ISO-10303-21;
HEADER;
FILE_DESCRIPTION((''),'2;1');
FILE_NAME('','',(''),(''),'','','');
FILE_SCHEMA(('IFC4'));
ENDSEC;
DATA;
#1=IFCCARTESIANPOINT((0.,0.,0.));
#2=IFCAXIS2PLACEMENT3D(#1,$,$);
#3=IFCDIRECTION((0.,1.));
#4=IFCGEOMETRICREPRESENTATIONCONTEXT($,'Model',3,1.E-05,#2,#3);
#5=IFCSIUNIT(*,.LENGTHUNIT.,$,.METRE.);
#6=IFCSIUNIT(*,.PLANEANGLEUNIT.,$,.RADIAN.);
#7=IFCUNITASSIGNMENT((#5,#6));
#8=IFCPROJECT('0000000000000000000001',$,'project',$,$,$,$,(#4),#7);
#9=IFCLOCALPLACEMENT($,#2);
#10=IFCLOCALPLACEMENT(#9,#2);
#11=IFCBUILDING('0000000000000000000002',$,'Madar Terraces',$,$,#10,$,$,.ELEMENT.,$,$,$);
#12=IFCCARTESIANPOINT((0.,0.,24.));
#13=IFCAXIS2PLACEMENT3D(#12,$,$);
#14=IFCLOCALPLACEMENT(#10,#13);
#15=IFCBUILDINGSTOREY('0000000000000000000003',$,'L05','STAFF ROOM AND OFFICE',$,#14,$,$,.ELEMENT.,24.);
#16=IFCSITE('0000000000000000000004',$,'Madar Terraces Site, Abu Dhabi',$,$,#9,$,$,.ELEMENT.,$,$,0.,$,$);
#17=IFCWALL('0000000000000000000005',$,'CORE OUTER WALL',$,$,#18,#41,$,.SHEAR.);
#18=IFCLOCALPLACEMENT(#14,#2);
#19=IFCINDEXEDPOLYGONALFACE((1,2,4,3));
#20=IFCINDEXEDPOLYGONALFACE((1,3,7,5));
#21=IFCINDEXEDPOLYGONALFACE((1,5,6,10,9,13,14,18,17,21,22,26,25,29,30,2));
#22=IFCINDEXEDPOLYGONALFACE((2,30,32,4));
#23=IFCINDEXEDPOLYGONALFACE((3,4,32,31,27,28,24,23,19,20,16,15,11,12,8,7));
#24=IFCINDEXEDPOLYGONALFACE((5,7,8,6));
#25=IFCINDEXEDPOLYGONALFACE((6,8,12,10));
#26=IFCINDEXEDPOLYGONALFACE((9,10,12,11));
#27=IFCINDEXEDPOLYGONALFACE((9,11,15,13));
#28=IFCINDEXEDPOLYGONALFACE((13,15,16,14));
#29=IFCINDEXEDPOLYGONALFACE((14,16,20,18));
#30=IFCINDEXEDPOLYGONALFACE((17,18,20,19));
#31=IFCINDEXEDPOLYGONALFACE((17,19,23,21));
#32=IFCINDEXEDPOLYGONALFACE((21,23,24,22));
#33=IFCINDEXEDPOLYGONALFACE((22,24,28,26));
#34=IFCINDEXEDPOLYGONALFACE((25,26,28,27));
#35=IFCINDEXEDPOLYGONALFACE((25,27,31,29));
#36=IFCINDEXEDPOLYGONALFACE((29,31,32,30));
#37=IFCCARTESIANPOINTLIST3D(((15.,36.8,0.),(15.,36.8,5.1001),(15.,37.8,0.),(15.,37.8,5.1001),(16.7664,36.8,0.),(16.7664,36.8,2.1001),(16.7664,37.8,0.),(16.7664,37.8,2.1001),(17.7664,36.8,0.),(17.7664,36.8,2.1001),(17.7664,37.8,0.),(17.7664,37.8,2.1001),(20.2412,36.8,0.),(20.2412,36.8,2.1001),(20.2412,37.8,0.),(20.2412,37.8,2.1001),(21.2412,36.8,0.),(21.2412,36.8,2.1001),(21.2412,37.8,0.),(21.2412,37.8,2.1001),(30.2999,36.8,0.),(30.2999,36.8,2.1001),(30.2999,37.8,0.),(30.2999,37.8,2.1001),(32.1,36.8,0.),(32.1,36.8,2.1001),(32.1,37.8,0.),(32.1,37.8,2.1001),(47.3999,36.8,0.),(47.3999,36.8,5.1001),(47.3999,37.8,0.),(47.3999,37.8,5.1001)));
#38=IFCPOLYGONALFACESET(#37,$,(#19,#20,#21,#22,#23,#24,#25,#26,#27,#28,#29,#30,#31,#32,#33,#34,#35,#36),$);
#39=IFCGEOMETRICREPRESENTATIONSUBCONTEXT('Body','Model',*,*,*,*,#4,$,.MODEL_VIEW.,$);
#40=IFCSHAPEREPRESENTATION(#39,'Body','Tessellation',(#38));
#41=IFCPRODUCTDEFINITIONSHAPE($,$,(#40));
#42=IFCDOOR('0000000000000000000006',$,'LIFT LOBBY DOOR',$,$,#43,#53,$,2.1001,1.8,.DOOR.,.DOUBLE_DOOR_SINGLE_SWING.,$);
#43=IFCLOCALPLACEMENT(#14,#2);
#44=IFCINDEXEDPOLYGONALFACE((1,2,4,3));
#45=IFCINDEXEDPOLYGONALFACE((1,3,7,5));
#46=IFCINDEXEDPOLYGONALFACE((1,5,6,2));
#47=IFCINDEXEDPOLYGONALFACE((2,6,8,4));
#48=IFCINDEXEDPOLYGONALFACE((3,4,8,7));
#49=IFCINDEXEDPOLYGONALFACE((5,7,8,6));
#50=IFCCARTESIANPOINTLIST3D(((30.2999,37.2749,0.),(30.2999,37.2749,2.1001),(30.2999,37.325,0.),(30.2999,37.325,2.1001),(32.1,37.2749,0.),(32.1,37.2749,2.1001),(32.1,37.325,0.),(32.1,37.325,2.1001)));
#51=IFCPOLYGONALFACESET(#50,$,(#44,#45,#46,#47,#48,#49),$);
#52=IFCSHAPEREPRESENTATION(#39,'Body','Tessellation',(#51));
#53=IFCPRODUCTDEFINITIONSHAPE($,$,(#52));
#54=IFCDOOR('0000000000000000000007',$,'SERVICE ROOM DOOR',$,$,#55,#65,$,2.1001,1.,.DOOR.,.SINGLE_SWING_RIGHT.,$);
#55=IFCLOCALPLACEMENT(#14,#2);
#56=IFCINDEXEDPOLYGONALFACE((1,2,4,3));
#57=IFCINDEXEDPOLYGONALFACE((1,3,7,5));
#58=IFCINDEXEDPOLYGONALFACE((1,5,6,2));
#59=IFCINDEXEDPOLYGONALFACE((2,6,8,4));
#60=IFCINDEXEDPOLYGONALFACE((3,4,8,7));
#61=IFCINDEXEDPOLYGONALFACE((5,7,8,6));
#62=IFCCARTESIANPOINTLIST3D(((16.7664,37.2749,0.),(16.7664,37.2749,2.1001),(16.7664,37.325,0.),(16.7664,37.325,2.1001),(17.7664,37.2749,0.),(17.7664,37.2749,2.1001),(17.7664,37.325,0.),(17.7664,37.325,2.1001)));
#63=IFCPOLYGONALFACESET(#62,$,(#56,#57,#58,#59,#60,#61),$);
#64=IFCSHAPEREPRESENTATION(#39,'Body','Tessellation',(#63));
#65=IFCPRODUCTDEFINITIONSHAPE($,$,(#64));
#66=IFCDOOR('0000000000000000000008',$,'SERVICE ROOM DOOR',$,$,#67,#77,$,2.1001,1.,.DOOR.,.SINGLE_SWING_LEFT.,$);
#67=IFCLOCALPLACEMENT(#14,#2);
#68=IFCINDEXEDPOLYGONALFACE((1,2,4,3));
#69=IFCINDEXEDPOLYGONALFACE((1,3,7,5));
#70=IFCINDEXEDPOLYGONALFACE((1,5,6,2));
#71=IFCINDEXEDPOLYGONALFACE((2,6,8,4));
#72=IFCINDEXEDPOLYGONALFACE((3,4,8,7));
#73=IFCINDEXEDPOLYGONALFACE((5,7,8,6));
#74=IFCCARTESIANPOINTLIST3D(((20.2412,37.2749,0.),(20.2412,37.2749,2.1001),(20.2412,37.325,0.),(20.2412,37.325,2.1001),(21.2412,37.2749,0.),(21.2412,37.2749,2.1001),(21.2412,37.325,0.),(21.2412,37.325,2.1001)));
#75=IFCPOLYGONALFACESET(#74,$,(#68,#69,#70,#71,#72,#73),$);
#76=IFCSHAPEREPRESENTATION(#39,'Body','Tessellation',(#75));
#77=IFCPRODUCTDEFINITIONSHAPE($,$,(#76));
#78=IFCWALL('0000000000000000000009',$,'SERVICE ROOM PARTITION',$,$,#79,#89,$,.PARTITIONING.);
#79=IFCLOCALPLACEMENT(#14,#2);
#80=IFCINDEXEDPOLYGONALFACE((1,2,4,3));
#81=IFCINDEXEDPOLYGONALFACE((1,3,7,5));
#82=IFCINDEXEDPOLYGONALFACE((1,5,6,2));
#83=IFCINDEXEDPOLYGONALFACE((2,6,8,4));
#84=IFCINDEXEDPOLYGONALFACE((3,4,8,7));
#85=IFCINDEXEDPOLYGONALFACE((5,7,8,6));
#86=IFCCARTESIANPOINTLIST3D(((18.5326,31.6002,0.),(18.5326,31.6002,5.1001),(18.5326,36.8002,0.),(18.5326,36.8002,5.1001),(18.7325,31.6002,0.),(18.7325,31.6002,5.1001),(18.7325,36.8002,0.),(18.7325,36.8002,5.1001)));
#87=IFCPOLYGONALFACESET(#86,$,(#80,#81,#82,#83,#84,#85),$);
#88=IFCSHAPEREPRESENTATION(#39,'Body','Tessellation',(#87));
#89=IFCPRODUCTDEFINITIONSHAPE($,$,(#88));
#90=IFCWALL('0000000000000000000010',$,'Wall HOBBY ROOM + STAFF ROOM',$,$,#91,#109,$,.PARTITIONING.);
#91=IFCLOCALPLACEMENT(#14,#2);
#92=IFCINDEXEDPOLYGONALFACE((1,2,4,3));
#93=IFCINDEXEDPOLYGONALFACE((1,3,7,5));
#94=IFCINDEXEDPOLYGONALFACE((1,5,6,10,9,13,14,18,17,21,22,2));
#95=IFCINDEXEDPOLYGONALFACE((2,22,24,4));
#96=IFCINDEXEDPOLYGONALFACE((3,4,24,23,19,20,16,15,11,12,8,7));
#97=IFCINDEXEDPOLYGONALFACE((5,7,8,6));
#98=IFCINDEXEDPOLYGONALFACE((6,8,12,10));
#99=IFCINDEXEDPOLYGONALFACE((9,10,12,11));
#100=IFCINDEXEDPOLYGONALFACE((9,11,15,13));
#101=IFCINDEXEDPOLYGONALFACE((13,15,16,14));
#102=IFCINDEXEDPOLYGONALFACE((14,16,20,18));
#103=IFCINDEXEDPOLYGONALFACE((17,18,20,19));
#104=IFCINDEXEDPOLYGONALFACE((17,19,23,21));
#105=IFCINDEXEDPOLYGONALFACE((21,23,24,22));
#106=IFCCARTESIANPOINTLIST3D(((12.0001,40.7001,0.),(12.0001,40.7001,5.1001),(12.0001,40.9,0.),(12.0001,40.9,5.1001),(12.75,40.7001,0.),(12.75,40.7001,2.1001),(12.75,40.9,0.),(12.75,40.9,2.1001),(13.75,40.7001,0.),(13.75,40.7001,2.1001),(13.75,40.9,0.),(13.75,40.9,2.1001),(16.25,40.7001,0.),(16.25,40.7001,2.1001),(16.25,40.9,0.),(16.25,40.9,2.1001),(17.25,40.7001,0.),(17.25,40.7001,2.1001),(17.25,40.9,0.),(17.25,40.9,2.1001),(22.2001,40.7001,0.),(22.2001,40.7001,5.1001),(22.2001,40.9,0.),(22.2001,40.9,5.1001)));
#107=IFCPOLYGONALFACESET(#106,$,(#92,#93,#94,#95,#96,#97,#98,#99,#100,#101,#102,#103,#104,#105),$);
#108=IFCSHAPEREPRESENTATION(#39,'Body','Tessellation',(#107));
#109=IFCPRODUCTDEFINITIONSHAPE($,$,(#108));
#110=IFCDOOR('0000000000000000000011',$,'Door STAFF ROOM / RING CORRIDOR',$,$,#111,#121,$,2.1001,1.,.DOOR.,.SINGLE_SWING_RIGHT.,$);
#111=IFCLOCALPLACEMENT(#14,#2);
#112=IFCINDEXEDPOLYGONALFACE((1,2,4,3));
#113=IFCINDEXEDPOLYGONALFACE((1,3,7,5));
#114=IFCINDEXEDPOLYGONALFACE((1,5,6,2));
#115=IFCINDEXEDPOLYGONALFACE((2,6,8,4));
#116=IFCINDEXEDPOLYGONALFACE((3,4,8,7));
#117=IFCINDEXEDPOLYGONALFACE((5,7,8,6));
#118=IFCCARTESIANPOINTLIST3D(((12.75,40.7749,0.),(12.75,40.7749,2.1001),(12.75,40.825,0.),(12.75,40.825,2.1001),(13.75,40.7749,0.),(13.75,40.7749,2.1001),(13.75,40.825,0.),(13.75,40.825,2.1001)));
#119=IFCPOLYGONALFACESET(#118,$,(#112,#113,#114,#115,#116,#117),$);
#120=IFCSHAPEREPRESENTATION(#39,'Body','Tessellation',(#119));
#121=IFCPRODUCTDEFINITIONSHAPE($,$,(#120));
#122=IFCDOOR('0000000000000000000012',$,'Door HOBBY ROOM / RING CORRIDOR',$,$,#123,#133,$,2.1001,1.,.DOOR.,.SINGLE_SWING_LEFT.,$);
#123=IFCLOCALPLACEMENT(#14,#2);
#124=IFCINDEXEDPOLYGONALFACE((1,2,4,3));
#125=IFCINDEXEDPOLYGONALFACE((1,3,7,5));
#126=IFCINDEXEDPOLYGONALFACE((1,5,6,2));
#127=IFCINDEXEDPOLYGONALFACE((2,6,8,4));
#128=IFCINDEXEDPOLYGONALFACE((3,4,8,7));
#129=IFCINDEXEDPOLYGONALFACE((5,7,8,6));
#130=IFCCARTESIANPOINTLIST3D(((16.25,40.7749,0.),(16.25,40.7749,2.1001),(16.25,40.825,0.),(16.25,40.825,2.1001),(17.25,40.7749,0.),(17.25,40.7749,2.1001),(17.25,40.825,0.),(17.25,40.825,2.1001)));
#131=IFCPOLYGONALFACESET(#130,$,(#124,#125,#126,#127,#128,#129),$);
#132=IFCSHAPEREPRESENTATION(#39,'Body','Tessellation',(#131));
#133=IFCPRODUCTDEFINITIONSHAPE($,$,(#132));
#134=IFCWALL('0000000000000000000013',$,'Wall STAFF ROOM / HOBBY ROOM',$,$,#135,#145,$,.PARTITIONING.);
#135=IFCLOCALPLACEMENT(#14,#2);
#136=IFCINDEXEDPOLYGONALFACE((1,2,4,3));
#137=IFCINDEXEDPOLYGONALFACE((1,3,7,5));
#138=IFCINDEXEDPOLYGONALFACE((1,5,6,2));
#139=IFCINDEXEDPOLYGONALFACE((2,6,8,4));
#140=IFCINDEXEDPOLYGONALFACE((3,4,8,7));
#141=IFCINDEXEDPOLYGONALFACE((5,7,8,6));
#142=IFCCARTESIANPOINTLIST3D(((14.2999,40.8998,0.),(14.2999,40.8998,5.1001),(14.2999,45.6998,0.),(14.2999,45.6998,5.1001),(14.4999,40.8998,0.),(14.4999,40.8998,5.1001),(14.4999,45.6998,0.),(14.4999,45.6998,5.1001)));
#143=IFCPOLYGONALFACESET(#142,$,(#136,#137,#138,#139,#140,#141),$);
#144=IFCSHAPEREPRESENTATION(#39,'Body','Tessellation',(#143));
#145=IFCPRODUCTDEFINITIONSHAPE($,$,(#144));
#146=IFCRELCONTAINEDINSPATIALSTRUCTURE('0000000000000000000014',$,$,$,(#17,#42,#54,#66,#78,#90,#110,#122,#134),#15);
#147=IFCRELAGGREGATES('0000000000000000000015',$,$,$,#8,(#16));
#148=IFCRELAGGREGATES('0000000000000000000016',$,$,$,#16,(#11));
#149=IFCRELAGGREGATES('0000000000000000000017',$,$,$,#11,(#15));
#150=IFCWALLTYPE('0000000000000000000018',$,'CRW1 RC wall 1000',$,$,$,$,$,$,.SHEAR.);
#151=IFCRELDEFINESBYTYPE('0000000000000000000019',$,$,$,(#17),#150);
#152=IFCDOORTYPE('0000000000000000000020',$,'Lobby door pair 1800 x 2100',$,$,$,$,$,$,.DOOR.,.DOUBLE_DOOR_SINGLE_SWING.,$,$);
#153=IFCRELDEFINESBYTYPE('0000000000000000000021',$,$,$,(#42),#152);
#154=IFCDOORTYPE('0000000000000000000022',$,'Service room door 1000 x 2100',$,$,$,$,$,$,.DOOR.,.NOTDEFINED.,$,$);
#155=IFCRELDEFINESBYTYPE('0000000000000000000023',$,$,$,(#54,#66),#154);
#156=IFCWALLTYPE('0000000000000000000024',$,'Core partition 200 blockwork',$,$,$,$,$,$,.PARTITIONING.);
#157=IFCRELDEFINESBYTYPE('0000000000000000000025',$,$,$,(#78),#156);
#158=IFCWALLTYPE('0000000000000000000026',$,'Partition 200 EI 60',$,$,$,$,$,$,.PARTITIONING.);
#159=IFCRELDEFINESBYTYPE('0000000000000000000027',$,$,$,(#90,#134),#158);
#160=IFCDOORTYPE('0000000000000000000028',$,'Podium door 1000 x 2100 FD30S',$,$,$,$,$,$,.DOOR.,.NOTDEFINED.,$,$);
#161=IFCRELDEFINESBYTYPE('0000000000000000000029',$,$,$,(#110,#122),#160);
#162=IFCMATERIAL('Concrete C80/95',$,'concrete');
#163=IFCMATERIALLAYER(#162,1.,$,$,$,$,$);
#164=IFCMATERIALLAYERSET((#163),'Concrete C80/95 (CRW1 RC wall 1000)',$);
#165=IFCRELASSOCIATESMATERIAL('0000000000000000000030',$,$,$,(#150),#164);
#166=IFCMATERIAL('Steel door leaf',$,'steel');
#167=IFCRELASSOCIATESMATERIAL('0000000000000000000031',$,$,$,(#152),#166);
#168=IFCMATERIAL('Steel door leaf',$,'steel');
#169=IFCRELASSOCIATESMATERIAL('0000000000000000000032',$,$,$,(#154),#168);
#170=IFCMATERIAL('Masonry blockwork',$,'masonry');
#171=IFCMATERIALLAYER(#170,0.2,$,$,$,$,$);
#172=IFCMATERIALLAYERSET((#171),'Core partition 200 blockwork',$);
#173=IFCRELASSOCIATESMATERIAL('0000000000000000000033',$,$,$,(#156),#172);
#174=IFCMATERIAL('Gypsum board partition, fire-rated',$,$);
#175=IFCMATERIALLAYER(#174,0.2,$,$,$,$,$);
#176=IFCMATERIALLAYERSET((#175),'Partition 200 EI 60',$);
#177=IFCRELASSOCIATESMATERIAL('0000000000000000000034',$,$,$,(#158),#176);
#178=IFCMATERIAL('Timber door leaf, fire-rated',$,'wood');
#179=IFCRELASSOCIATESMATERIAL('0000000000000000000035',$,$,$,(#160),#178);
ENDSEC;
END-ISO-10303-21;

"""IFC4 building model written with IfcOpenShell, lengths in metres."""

from ifc_helpers import new_model, si_unit, direction, frame, frame_2d, origin, place, context, subcontext, project, spatial, rectangle, extrude, material, layer, layer_set, type_object, element, fill, save


model = new_model("IFC4")

# Units and contexts
model_context = context("Model", 3, precision=1e-05, world=origin(), true_north=direction((0.0, 1.0)))
body_context = subcontext(model_context, "Body", "Model", "MODEL_VIEW")
ifc_project = project(units=[si_unit("LENGTHUNIT", "METRE"), si_unit("PLANEANGLEUNIT", "RADIAN")], contexts=[model_context])

# Site, building, storey
site_placement = place(None, origin())
site = spatial("IfcSite", under=ifc_project, at=site_placement, Name="Madar Terraces Site, Abu Dhabi", CompositionType="ELEMENT", RefElevation=0.0)
building_placement = place(site_placement, origin())
building = spatial("IfcBuilding", under=site, at=building_placement, Name="Madar Terraces", CompositionType="ELEMENT")
storey_placement = place(building_placement, frame((0.0, 0.0, 24.0)))
storey = spatial("IfcBuildingStorey", under=building, at=storey_placement, Name="L05", Description="STAFF ROOM AND OFFICE", CompositionType="ELEMENT", Elevation=24.0)

# Wall, openings, doors
ifc_material_1 = material(Name="Concrete C80/95", Category="concrete")
ifc_layer_1 = layer(ifc_material_1, 1.0)
ifc_layer_set_1 = layer_set([ifc_layer_1], Name="Concrete C80/95 (CRW1 RC wall 1000)")
wall_type_1 = type_object("IfcWallType", Name="CRW1 RC wall 1000", PredefinedType="SHEAR", material=ifc_layer_set_1)
wall_1_placement = place(storey_placement, frame((15.0, 37.3, 0.0), z_axis=(0.0, 0.0, 1.0), x_axis=(1.0, 0.0, 0.0)))
wall_1 = element("IfcWall", 1, at=wall_1_placement, inside=storey, type_object=wall_type_1, Name="CORE OUTER WALL", PredefinedType="SHEAR", context=body_context, shape_type="SweptSolid", body=[
    extrude(rectangle(XDim=32.3999, YDim=1.0, at=frame_2d((16.2, 0.0))), origin(), (0.0, 0.0, 1.0), 5.1001),
])
opening_1_placement = place(wall_1_placement, frame((15.3, 0.0, 0.0)))
opening_1 = element("IfcOpeningElement", 2, at=opening_1_placement, cuts=wall_1, PredefinedType="OPENING", context=body_context, shape_type="SweptSolid", body=[
    extrude(rectangle(XDim=1.8, YDim=2.1001, at=frame_2d((0.8999, 1.05))), frame((0.0, 0.51, 0.0), z_axis=(0.0, -1.0, 0.0), x_axis=(1.0, 0.0, 0.0)), (0.0, 0.0, 1.0), 1.02),
])
opening_2_placement = place(wall_1_placement, frame((1.7664, 0.0, 0.0)))
opening_2 = element("IfcOpeningElement", 3, at=opening_2_placement, cuts=wall_1, PredefinedType="OPENING", context=body_context, shape_type="SweptSolid", body=[
    extrude(rectangle(XDim=1.0, YDim=2.1001, at=frame_2d((0.5, 1.05))), frame((0.0, 0.51, 0.0), z_axis=(0.0, -1.0, 0.0), x_axis=(1.0, 0.0, 0.0)), (0.0, 0.0, 1.0), 1.02),
])
opening_3_placement = place(wall_1_placement, frame((5.2412, 0.0, 0.0)))
opening_3 = element("IfcOpeningElement", 4, at=opening_3_placement, cuts=wall_1, PredefinedType="OPENING", context=body_context, shape_type="SweptSolid", body=[
    extrude(rectangle(XDim=1.0, YDim=2.1001, at=frame_2d((0.5, 1.05))), frame((0.0, 0.51, 0.0), z_axis=(0.0, -1.0, 0.0), x_axis=(1.0, 0.0, 0.0)), (0.0, 0.0, 1.0), 1.02),
])
ifc_material_2 = material(Name="Steel door leaf", Category="steel")
door_type_1 = type_object("IfcDoorType", Name="Lobby door pair 1800 x 2100", OperationType="DOUBLE_DOOR_SINGLE_SWING", PredefinedType="DOOR", material=ifc_material_2)
door_1_placement = place(opening_1_placement, origin())
door_1 = element("IfcDoor", 5, at=door_1_placement, inside=storey, type_object=door_type_1, Name="LIFT LOBBY DOOR", OperationType="DOUBLE_DOOR_SINGLE_SWING", OverallHeight=2.1001, OverallWidth=1.8, PredefinedType="DOOR", context=body_context, shape_type="SweptSolid", body=[
    extrude(rectangle(XDim=1.8, YDim=2.1001, at=frame_2d((0.8999, 1.05))), frame((0.0, 0.0249, 0.0), z_axis=(0.0, -1.0, 0.0), x_axis=(1.0, 0.0, 0.0)), (0.0, 0.0, 1.0), 0.05),
])
fill(opening_1, door_1)
ifc_material_3 = material(Name="Steel door leaf", Category="steel")
door_type_2 = type_object("IfcDoorType", Name="Service room door 1000 x 2100", OperationType="NOTDEFINED", PredefinedType="DOOR", material=ifc_material_3)
door_2_placement = place(opening_2_placement, origin())
door_2 = element("IfcDoor", 6, at=door_2_placement, inside=storey, type_object=door_type_2, Name="SERVICE ROOM DOOR", OperationType="SINGLE_SWING_RIGHT", OverallHeight=2.1001, OverallWidth=1.0, PredefinedType="DOOR", context=body_context, shape_type="SweptSolid", body=[
    extrude(rectangle(XDim=1.0, YDim=2.1001, at=frame_2d((0.5, 1.05))), frame((0.0, 0.0249, 0.0), z_axis=(0.0, -1.0, 0.0), x_axis=(1.0, 0.0, 0.0)), (0.0, 0.0, 1.0), 0.05),
])
fill(opening_2, door_2)
door_3_placement = place(opening_3_placement, origin())
door_3 = element("IfcDoor", 7, at=door_3_placement, inside=storey, type_object=door_type_2, Name="SERVICE ROOM DOOR", OperationType="SINGLE_SWING_LEFT", OverallHeight=2.1001, OverallWidth=1.0, PredefinedType="DOOR", context=body_context, shape_type="SweptSolid", body=[
    extrude(rectangle(XDim=1.0, YDim=2.1001, at=frame_2d((0.5, 1.05))), frame((0.0, 0.0249, 0.0), z_axis=(0.0, -1.0, 0.0), x_axis=(1.0, 0.0, 0.0)), (0.0, 0.0, 1.0), 0.05),
])
fill(opening_3, door_3)

# Wall
ifc_material_4 = material(Name="Masonry blockwork", Category="masonry")
ifc_layer_2 = layer(ifc_material_4, 0.2)
ifc_layer_set_2 = layer_set([ifc_layer_2], Name="Core partition 200 blockwork")
wall_type_2 = type_object("IfcWallType", Name="Core partition 200 blockwork", PredefinedType="PARTITIONING", material=ifc_layer_set_2)
wall_2_placement = place(storey_placement, frame((18.6326, 31.6001, 0.0), z_axis=(0.0, 0.0, 1.0), x_axis=(0.0, 1.0, 0.0)))
element("IfcWall", 8, at=wall_2_placement, inside=storey, type_object=wall_type_2, Name="SERVICE ROOM PARTITION", PredefinedType="PARTITIONING", context=body_context, shape_type="SweptSolid", body=[
    extrude(rectangle(XDim=5.2, YDim=0.2, at=frame_2d((2.6001, 0.0))), origin(), (0.0, 0.0, 1.0), 5.1001),
])

# Wall, openings, doors
ifc_material_5 = material(Name="Gypsum board partition, fire-rated")
ifc_layer_3 = layer(ifc_material_5, 0.2)
ifc_layer_set_3 = layer_set([ifc_layer_3], Name="Partition 200 EI 60")
wall_type_3 = type_object("IfcWallType", Name="Partition 200 EI 60", PredefinedType="PARTITIONING", material=ifc_layer_set_3)
wall_3_placement = place(storey_placement, frame((12.0, 40.8, 0.0), z_axis=(0.0, 0.0, 1.0), x_axis=(1.0, 0.0, 0.0)))
wall_3 = element("IfcWall", 9, at=wall_3_placement, inside=storey, type_object=wall_type_3, Name="Wall HOBBY ROOM + STAFF ROOM", PredefinedType="PARTITIONING", context=body_context, shape_type="SweptSolid", body=[
    extrude(rectangle(XDim=10.2, YDim=0.2, at=frame_2d((5.1001, 0.0))), origin(), (0.0, 0.0, 1.0), 5.1001),
])
opening_4_placement = place(wall_3_placement, frame((0.75, 0.0, 0.0)))
opening_4 = element("IfcOpeningElement", 10, at=opening_4_placement, cuts=wall_3, PredefinedType="OPENING", context=body_context, shape_type="SweptSolid", body=[
    extrude(rectangle(XDim=1.0, YDim=2.1001, at=frame_2d((0.5, 1.05))), frame((0.0, 0.1099, 0.0), z_axis=(0.0, -1.0, 0.0), x_axis=(1.0, 0.0, 0.0)), (0.0, 0.0, 1.0), 0.22),
])
opening_5_placement = place(wall_3_placement, frame((4.25, 0.0, 0.0)))
opening_5 = element("IfcOpeningElement", 11, at=opening_5_placement, cuts=wall_3, PredefinedType="OPENING", context=body_context, shape_type="SweptSolid", body=[
    extrude(rectangle(XDim=1.0, YDim=2.1001, at=frame_2d((0.5, 1.05))), frame((0.0, 0.1099, 0.0), z_axis=(0.0, -1.0, 0.0), x_axis=(1.0, 0.0, 0.0)), (0.0, 0.0, 1.0), 0.22),
])
ifc_material_6 = material(Name="Timber door leaf, fire-rated", Category="wood")
door_type_3 = type_object("IfcDoorType", Name="Podium door 1000 x 2100 FD30S", OperationType="NOTDEFINED", PredefinedType="DOOR", material=ifc_material_6)
door_4_placement = place(opening_4_placement, origin())
door_4 = element("IfcDoor", 12, at=door_4_placement, inside=storey, type_object=door_type_3, Name="Door STAFF ROOM / RING CORRIDOR", OperationType="SINGLE_SWING_RIGHT", OverallHeight=2.1001, OverallWidth=1.0, PredefinedType="DOOR", context=body_context, shape_type="SweptSolid", body=[
    extrude(rectangle(XDim=1.0, YDim=2.1001, at=frame_2d((0.5, 1.05))), frame((0.0, 0.0249, 0.0), z_axis=(0.0, -1.0, 0.0), x_axis=(1.0, 0.0, 0.0)), (0.0, 0.0, 1.0), 0.05),
])
fill(opening_4, door_4)
door_5_placement = place(opening_5_placement, origin())
door_5 = element("IfcDoor", 13, at=door_5_placement, inside=storey, type_object=door_type_3, Name="Door HOBBY ROOM / RING CORRIDOR", OperationType="SINGLE_SWING_LEFT", OverallHeight=2.1001, OverallWidth=1.0, PredefinedType="DOOR", context=body_context, shape_type="SweptSolid", body=[
    extrude(rectangle(XDim=1.0, YDim=2.1001, at=frame_2d((0.5, 1.05))), frame((0.0, 0.0249, 0.0), z_axis=(0.0, -1.0, 0.0), x_axis=(1.0, 0.0, 0.0)), (0.0, 0.0, 1.0), 0.05),
])
fill(opening_5, door_5)

# Wall
wall_4_placement = place(storey_placement, frame((14.3999, 40.8999, 0.0), z_axis=(0.0, 0.0, 1.0), x_axis=(0.0, 1.0, 0.0)))
element("IfcWall", 14, at=wall_4_placement, inside=storey, type_object=wall_type_3, Name="Wall STAFF ROOM / HOBBY ROOM", PredefinedType="PARTITIONING", context=body_context, shape_type="SweptSolid", body=[
    extrude(rectangle(XDim=4.8, YDim=0.2, at=frame_2d((2.3999, 0.0))), origin(), (0.0, 0.0, 1.0), 5.1001),
])

save(model, "model.ifc")
